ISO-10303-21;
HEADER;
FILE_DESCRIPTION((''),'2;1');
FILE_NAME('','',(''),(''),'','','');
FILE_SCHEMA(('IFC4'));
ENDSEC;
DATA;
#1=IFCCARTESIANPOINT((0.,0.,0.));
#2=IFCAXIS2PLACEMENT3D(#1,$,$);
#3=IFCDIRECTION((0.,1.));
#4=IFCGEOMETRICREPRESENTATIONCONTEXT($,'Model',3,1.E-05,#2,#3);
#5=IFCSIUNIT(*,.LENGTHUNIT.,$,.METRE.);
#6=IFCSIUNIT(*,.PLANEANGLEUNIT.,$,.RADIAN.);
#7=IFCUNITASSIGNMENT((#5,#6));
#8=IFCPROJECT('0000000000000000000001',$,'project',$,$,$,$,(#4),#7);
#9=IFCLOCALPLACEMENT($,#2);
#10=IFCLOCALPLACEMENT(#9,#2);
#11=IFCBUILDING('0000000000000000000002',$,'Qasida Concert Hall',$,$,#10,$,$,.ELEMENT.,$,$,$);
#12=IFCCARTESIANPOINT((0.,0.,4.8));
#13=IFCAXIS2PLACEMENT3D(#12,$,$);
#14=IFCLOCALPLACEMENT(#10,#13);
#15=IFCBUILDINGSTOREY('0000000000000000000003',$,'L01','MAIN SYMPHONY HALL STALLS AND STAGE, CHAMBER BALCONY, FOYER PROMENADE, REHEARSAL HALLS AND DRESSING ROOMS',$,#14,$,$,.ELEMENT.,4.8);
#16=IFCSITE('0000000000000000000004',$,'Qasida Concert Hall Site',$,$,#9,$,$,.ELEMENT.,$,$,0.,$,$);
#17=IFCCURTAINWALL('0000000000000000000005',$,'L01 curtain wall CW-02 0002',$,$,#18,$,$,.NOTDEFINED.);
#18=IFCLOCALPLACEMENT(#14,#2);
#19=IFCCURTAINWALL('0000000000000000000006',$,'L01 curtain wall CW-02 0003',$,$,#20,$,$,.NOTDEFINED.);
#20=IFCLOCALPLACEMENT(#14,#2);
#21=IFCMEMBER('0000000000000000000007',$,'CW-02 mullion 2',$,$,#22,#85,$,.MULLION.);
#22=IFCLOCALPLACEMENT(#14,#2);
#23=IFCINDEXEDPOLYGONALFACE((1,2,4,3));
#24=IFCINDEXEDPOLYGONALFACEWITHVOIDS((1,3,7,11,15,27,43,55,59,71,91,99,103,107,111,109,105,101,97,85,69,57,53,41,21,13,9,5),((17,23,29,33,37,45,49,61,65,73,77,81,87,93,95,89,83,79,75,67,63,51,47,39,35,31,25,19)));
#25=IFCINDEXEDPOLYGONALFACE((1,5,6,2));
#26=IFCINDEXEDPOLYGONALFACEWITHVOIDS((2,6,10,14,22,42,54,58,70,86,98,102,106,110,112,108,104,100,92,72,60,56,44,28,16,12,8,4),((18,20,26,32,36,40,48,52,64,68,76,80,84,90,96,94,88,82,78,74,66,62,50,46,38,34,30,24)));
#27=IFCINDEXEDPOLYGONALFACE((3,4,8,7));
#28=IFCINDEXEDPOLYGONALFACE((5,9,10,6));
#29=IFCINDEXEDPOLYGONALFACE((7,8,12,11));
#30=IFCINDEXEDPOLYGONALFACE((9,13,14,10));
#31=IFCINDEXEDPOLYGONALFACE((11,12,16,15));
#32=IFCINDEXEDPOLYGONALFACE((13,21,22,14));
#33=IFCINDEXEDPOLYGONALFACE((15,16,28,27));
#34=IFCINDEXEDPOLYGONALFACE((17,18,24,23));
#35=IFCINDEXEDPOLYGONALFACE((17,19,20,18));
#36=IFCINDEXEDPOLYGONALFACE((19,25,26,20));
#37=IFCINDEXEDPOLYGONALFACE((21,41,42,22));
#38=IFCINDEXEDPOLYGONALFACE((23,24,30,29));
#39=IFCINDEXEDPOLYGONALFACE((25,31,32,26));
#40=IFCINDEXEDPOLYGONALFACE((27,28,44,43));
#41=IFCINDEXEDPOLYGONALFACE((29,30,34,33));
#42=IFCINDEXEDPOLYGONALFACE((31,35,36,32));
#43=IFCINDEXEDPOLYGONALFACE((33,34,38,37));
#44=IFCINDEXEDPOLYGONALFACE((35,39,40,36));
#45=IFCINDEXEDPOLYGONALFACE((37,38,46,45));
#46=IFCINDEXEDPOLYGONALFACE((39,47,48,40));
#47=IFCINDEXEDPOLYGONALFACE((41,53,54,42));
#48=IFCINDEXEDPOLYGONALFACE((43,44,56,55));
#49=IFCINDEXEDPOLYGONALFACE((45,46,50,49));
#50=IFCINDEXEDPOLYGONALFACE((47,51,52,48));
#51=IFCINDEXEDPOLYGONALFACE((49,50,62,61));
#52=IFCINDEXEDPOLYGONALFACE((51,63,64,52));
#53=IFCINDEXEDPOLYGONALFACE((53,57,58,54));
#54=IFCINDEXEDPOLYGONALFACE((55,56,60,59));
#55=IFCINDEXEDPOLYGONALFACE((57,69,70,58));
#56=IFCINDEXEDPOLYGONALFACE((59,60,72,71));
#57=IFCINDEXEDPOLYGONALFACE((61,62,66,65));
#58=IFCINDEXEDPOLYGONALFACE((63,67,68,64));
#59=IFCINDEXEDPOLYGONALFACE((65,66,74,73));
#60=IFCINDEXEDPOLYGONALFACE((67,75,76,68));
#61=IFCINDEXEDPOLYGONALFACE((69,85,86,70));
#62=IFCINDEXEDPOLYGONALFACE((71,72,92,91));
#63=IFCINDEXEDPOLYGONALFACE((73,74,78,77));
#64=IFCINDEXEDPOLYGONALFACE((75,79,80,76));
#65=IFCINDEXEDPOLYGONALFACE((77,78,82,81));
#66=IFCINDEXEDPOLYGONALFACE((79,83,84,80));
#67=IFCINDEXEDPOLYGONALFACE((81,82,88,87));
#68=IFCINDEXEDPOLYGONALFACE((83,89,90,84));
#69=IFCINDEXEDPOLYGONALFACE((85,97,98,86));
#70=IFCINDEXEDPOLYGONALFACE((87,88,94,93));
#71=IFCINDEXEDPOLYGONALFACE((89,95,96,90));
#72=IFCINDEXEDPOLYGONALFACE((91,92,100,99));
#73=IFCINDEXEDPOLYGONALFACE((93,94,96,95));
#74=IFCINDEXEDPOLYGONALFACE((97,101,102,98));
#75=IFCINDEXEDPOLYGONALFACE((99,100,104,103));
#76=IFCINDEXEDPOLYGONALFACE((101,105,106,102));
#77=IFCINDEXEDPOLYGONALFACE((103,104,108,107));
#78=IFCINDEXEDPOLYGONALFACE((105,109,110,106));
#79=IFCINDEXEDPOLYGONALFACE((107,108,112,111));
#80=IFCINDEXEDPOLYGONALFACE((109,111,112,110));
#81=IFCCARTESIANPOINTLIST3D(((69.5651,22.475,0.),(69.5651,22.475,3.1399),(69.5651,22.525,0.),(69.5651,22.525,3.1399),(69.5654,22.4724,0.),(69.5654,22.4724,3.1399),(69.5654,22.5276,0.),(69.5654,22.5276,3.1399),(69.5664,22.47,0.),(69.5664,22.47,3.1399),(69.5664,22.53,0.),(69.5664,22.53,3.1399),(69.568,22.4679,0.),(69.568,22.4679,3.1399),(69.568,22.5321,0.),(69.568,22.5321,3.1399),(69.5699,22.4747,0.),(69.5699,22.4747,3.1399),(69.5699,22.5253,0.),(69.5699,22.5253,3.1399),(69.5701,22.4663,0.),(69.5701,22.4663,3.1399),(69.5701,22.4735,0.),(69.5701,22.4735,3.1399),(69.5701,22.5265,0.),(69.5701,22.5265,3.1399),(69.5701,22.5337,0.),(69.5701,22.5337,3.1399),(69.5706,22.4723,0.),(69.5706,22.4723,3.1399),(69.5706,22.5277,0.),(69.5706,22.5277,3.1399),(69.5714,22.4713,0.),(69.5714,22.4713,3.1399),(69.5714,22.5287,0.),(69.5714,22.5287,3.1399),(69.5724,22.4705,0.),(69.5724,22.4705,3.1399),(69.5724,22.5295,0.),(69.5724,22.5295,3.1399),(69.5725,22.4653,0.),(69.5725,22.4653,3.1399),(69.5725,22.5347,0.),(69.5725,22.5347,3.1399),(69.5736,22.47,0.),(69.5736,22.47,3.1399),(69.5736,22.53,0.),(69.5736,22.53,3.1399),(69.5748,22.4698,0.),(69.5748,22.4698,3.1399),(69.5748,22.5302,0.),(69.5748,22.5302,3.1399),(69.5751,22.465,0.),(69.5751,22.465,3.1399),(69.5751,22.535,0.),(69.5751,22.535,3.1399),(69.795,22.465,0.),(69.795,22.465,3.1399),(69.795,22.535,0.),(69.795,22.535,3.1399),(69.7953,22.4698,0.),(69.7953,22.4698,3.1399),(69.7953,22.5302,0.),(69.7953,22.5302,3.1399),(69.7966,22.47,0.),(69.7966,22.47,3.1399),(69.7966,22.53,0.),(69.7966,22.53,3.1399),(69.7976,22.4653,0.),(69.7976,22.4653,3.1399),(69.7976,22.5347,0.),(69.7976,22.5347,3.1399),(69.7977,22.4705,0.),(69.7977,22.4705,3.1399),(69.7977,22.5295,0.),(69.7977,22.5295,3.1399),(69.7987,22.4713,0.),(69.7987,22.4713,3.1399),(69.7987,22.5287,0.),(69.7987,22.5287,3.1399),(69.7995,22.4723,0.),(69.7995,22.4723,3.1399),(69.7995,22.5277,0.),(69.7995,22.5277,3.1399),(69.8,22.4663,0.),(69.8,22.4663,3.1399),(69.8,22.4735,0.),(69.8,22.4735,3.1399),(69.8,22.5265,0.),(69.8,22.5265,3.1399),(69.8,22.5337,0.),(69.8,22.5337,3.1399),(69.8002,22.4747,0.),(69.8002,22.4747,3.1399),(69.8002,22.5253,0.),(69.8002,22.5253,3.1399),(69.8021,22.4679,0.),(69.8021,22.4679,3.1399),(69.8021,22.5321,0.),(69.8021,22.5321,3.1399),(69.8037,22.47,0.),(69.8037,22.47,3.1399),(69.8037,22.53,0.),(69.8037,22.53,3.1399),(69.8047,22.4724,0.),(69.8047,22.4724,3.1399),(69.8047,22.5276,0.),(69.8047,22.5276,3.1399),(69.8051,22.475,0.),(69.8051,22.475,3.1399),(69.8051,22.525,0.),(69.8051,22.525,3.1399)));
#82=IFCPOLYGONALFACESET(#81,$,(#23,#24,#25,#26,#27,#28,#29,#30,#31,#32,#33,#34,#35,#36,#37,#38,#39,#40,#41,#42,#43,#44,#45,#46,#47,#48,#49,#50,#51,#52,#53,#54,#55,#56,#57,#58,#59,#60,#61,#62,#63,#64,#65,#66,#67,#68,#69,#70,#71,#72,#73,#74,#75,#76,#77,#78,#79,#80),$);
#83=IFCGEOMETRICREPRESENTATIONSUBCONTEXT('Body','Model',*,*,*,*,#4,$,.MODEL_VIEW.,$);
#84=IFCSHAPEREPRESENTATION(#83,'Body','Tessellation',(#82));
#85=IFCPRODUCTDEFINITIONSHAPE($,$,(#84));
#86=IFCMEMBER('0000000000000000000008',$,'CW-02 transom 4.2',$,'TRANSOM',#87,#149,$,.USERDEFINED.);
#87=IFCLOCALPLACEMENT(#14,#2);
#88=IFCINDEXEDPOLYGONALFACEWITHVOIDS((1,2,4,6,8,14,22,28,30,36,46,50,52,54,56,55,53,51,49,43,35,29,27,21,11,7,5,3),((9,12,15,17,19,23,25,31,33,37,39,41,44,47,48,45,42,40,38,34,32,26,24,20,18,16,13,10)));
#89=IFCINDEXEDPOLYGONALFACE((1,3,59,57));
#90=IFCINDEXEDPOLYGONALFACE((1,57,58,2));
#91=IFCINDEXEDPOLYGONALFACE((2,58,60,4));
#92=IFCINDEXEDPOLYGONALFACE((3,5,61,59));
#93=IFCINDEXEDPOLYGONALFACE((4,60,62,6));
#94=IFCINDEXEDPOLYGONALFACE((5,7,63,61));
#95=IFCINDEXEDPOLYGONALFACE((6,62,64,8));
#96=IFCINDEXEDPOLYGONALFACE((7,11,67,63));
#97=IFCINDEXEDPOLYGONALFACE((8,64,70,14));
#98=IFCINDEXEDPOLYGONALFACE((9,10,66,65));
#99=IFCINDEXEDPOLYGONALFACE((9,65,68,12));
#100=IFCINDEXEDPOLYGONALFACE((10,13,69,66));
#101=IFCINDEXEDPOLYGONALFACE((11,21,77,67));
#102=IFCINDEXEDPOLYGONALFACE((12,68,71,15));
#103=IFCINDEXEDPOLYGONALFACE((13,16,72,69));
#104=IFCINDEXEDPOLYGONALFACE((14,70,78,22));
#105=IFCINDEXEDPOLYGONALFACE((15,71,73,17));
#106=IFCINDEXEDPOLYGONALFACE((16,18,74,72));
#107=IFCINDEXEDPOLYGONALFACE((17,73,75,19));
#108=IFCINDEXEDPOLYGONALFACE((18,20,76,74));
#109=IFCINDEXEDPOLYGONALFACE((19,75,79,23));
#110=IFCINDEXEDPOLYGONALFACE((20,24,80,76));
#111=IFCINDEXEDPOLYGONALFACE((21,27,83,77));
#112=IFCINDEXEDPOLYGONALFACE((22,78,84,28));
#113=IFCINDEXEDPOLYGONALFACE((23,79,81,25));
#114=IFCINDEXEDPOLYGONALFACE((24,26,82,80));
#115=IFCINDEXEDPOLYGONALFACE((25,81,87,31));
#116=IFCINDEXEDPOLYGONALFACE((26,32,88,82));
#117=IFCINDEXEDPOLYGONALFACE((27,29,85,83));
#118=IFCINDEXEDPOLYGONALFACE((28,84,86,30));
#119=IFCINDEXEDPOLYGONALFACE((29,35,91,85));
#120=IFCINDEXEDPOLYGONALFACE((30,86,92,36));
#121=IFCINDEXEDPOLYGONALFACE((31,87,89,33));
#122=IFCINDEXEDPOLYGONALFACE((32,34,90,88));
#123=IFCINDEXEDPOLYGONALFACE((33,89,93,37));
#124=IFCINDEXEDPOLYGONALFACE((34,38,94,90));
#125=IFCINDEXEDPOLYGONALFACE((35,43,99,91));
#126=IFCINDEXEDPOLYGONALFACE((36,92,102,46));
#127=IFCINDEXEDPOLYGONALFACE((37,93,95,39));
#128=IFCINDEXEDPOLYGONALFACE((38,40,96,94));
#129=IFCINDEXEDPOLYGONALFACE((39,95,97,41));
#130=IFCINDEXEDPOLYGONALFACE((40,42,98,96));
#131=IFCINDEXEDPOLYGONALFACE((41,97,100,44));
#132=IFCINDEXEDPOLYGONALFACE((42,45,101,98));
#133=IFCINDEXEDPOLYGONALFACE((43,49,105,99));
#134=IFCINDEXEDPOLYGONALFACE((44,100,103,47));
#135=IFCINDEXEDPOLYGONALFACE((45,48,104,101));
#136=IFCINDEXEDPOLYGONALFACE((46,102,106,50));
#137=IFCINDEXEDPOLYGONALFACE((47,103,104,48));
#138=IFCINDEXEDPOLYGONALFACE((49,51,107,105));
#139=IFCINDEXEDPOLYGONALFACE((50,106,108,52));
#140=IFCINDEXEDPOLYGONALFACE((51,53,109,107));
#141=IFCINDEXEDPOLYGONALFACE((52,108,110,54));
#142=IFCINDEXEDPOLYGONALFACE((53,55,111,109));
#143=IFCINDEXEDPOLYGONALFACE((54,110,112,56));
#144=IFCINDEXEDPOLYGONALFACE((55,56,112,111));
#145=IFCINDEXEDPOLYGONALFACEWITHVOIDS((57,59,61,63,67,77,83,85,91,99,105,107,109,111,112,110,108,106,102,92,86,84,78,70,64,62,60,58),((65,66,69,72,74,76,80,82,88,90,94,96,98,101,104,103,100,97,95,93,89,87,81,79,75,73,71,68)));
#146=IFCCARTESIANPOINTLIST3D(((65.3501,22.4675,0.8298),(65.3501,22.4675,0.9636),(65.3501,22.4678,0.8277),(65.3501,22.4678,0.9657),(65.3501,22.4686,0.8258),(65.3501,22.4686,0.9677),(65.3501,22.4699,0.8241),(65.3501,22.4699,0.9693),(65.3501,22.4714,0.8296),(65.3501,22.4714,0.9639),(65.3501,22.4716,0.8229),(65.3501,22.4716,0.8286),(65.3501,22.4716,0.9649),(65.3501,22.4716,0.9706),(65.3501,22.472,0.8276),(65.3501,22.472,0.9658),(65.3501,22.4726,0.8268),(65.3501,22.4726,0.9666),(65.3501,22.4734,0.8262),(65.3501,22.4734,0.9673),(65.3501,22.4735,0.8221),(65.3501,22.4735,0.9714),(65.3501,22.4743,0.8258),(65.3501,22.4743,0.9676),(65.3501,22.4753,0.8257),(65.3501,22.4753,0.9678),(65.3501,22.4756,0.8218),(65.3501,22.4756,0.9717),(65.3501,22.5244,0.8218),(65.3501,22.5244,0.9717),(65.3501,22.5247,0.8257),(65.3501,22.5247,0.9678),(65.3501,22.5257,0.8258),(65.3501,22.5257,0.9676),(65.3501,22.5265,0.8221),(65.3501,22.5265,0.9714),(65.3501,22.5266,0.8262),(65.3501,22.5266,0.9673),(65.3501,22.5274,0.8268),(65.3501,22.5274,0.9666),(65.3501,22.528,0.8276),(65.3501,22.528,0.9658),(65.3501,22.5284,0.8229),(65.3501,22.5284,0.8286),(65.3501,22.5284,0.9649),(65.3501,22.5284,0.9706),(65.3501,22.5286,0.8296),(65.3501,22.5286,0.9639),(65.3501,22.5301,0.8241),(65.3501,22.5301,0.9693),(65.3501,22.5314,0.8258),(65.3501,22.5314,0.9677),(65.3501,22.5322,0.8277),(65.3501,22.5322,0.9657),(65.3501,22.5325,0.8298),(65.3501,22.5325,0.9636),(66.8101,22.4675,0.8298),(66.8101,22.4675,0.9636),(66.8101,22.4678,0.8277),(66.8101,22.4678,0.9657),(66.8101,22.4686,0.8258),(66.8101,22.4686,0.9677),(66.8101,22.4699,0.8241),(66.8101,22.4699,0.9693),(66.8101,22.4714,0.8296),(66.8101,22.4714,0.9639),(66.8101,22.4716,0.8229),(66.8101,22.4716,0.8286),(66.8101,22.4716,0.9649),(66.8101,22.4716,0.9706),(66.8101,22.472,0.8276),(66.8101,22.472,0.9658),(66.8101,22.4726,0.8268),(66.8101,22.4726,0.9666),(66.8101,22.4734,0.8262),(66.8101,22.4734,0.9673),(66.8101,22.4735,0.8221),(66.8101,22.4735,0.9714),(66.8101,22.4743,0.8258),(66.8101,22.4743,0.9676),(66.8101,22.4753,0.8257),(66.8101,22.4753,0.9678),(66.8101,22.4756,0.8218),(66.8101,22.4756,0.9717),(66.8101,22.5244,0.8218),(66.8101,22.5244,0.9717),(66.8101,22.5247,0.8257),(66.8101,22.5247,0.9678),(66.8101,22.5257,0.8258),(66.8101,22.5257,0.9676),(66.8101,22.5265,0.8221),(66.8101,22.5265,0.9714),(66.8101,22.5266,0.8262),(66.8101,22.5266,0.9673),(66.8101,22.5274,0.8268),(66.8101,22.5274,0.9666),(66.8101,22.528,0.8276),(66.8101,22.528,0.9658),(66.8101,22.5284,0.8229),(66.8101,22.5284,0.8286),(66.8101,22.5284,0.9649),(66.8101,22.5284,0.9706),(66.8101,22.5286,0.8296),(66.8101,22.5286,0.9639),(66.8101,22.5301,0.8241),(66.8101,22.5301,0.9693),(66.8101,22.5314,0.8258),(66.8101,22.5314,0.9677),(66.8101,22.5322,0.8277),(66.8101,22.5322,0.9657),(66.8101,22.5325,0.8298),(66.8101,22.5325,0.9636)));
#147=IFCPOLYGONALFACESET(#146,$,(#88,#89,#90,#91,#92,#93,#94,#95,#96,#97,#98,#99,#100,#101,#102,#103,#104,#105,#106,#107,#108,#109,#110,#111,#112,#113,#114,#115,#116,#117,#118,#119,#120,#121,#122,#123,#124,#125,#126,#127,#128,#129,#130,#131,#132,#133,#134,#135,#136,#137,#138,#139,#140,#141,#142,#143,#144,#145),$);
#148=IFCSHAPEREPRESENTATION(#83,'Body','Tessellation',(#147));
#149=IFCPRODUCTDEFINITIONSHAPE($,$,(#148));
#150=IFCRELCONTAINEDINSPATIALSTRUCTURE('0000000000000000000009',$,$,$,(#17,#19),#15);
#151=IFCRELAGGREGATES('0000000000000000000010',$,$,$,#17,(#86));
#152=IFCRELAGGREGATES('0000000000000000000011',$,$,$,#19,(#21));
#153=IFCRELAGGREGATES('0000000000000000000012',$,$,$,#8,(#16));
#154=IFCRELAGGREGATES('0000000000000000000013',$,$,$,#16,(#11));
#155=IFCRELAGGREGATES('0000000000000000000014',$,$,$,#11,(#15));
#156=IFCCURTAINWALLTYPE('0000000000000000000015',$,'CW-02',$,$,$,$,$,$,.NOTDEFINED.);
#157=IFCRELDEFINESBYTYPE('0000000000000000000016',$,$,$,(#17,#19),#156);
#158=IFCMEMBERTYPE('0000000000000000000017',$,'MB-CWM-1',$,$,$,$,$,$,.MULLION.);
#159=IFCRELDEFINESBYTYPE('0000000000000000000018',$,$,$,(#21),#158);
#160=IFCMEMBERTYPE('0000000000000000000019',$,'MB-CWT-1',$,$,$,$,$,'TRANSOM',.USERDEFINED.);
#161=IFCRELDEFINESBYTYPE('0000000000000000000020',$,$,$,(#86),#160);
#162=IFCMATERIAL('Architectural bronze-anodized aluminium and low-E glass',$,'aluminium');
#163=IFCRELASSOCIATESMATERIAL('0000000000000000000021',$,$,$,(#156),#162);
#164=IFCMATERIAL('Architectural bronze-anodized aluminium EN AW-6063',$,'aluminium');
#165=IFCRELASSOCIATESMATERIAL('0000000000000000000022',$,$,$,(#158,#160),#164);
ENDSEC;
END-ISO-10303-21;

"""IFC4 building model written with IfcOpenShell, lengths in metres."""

from ifc_helpers import new_model, si_unit, direction, frame, origin, origin_2d, place, context, subcontext, project, spatial, hollow_rectangle, extrude, material, material_profile, profile_set, type_object, element, aggregate, save


model = new_model("IFC4")

# Units and contexts
model_context = context("Model", 3, precision=1e-05, world=origin(), true_north=direction((0.0, 1.0)))
body_context = subcontext(model_context, "Body", "Model", "MODEL_VIEW")
ifc_project = project(units=[si_unit("LENGTHUNIT", "METRE"), si_unit("PLANEANGLEUNIT", "RADIAN")], contexts=[model_context])

# Site, building, storey
site_placement = place(None, origin())
site = spatial("IfcSite", under=ifc_project, at=site_placement, Name="Qasida Concert Hall Site", CompositionType="ELEMENT", RefElevation=0.0)
building_placement = place(site_placement, origin())
building = spatial("IfcBuilding", under=site, at=building_placement, Name="Qasida Concert Hall", CompositionType="ELEMENT")
storey_placement = place(building_placement, frame((0.0, 0.0, 4.8)))
storey = spatial("IfcBuildingStorey", under=building, at=storey_placement, Name="L01", Description="MAIN SYMPHONY HALL STALLS AND STAGE, CHAMBER BALCONY, FOYER PROMENADE, REHEARSAL HALLS AND DRESSING ROOMS", CompositionType="ELEMENT", Elevation=4.8)

# Curtain wall
ifc_material_1 = material(Name="Architectural bronze-anodized aluminium and low-E glass", Category="aluminium")
curtain_wall_type = type_object("IfcCurtainWallType", Name="CW-02", PredefinedType="NOTDEFINED", material=ifc_material_1)
curtain_wall_1_placement = place(storey_placement, origin())
curtain_wall_1 = element("IfcCurtainWall", 1, at=curtain_wall_1_placement, inside=storey, type_object=curtain_wall_type, Name="L01 curtain wall CW-02 0002", PredefinedType="NOTDEFINED")
ifc_material_2 = material(Name="Architectural bronze-anodized aluminium EN AW-6063", Category="aluminium")
ifc_material_profile_1 = material_profile(ifc_material_2, hollow_rectangle(XDim=0.0701, YDim=0.24, WallThickness=0.0049, InnerFilletRadius=0.0049, OuterFilletRadius=0.01, at=origin_2d()), Name="CWM 240x70x5")
ifc_profile_set_1 = profile_set([ifc_material_profile_1], Name="Architectural bronze-anodized aluminium EN AW-6063")
member_type_1 = type_object("IfcMemberType", Name="MB-CWM-1", PredefinedType="MULLION", material=ifc_profile_set_1)

# Curtain wall, member
curtain_wall_2_placement = place(storey_placement, origin())
curtain_wall_2 = element("IfcCurtainWall", 2, at=curtain_wall_2_placement, inside=storey, type_object=curtain_wall_type, Name="L01 curtain wall CW-02 0003", PredefinedType="NOTDEFINED")
member_1_placement = place(storey_placement, frame((69.6851, 22.5, 0.0), z_axis=(0.0, 0.0, 1.0), x_axis=(0.0, 1.0, 0.0)))
member_1 = element("IfcMember", 3, at=member_1_placement, type_object=member_type_1, Name="CW-02 mullion 2", PredefinedType="MULLION", context=body_context, shape_type="SweptSolid", body=[
    extrude(hollow_rectangle(XDim=0.0701, YDim=0.24, WallThickness=0.0049, InnerFilletRadius=0.0049, OuterFilletRadius=0.01, at=origin_2d()), origin(), (0.0, 0.0, 1.0), 3.1399),
])

# Member
ifc_material_profile_2 = material_profile(ifc_material_2, hollow_rectangle(XDim=0.0649, YDim=0.1499, WallThickness=0.0039, InnerFilletRadius=0.0039, OuterFilletRadius=0.0081, at=origin_2d()), Name="CWT 150x65x4")
ifc_profile_set_2 = profile_set([ifc_material_profile_2], Name="Architectural bronze-anodized aluminium EN AW-6063")
member_type_2 = type_object("IfcMemberType", Name="MB-CWT-1", ElementType="TRANSOM", PredefinedType="USERDEFINED", material=ifc_profile_set_2)
member_2_placement = place(storey_placement, frame((65.3501, 22.5, 0.8967), z_axis=(1.0, 0.0, 0.0), x_axis=(0.0, 1.0, 0.0)))
member_2 = element("IfcMember", 4, at=member_2_placement, type_object=member_type_2, Name="CW-02 transom 4.2", ObjectType="TRANSOM", PredefinedType="USERDEFINED", context=body_context, shape_type="SweptSolid", body=[
    extrude(hollow_rectangle(XDim=0.0649, YDim=0.1499, WallThickness=0.0039, InnerFilletRadius=0.0039, OuterFilletRadius=0.0081, at=origin_2d()), origin(), (0.0, 0.0, 1.0), 1.46),
])

aggregate(curtain_wall_1, [member_2])
aggregate(curtain_wall_2, [member_1])

save(model, "model.ifc")
